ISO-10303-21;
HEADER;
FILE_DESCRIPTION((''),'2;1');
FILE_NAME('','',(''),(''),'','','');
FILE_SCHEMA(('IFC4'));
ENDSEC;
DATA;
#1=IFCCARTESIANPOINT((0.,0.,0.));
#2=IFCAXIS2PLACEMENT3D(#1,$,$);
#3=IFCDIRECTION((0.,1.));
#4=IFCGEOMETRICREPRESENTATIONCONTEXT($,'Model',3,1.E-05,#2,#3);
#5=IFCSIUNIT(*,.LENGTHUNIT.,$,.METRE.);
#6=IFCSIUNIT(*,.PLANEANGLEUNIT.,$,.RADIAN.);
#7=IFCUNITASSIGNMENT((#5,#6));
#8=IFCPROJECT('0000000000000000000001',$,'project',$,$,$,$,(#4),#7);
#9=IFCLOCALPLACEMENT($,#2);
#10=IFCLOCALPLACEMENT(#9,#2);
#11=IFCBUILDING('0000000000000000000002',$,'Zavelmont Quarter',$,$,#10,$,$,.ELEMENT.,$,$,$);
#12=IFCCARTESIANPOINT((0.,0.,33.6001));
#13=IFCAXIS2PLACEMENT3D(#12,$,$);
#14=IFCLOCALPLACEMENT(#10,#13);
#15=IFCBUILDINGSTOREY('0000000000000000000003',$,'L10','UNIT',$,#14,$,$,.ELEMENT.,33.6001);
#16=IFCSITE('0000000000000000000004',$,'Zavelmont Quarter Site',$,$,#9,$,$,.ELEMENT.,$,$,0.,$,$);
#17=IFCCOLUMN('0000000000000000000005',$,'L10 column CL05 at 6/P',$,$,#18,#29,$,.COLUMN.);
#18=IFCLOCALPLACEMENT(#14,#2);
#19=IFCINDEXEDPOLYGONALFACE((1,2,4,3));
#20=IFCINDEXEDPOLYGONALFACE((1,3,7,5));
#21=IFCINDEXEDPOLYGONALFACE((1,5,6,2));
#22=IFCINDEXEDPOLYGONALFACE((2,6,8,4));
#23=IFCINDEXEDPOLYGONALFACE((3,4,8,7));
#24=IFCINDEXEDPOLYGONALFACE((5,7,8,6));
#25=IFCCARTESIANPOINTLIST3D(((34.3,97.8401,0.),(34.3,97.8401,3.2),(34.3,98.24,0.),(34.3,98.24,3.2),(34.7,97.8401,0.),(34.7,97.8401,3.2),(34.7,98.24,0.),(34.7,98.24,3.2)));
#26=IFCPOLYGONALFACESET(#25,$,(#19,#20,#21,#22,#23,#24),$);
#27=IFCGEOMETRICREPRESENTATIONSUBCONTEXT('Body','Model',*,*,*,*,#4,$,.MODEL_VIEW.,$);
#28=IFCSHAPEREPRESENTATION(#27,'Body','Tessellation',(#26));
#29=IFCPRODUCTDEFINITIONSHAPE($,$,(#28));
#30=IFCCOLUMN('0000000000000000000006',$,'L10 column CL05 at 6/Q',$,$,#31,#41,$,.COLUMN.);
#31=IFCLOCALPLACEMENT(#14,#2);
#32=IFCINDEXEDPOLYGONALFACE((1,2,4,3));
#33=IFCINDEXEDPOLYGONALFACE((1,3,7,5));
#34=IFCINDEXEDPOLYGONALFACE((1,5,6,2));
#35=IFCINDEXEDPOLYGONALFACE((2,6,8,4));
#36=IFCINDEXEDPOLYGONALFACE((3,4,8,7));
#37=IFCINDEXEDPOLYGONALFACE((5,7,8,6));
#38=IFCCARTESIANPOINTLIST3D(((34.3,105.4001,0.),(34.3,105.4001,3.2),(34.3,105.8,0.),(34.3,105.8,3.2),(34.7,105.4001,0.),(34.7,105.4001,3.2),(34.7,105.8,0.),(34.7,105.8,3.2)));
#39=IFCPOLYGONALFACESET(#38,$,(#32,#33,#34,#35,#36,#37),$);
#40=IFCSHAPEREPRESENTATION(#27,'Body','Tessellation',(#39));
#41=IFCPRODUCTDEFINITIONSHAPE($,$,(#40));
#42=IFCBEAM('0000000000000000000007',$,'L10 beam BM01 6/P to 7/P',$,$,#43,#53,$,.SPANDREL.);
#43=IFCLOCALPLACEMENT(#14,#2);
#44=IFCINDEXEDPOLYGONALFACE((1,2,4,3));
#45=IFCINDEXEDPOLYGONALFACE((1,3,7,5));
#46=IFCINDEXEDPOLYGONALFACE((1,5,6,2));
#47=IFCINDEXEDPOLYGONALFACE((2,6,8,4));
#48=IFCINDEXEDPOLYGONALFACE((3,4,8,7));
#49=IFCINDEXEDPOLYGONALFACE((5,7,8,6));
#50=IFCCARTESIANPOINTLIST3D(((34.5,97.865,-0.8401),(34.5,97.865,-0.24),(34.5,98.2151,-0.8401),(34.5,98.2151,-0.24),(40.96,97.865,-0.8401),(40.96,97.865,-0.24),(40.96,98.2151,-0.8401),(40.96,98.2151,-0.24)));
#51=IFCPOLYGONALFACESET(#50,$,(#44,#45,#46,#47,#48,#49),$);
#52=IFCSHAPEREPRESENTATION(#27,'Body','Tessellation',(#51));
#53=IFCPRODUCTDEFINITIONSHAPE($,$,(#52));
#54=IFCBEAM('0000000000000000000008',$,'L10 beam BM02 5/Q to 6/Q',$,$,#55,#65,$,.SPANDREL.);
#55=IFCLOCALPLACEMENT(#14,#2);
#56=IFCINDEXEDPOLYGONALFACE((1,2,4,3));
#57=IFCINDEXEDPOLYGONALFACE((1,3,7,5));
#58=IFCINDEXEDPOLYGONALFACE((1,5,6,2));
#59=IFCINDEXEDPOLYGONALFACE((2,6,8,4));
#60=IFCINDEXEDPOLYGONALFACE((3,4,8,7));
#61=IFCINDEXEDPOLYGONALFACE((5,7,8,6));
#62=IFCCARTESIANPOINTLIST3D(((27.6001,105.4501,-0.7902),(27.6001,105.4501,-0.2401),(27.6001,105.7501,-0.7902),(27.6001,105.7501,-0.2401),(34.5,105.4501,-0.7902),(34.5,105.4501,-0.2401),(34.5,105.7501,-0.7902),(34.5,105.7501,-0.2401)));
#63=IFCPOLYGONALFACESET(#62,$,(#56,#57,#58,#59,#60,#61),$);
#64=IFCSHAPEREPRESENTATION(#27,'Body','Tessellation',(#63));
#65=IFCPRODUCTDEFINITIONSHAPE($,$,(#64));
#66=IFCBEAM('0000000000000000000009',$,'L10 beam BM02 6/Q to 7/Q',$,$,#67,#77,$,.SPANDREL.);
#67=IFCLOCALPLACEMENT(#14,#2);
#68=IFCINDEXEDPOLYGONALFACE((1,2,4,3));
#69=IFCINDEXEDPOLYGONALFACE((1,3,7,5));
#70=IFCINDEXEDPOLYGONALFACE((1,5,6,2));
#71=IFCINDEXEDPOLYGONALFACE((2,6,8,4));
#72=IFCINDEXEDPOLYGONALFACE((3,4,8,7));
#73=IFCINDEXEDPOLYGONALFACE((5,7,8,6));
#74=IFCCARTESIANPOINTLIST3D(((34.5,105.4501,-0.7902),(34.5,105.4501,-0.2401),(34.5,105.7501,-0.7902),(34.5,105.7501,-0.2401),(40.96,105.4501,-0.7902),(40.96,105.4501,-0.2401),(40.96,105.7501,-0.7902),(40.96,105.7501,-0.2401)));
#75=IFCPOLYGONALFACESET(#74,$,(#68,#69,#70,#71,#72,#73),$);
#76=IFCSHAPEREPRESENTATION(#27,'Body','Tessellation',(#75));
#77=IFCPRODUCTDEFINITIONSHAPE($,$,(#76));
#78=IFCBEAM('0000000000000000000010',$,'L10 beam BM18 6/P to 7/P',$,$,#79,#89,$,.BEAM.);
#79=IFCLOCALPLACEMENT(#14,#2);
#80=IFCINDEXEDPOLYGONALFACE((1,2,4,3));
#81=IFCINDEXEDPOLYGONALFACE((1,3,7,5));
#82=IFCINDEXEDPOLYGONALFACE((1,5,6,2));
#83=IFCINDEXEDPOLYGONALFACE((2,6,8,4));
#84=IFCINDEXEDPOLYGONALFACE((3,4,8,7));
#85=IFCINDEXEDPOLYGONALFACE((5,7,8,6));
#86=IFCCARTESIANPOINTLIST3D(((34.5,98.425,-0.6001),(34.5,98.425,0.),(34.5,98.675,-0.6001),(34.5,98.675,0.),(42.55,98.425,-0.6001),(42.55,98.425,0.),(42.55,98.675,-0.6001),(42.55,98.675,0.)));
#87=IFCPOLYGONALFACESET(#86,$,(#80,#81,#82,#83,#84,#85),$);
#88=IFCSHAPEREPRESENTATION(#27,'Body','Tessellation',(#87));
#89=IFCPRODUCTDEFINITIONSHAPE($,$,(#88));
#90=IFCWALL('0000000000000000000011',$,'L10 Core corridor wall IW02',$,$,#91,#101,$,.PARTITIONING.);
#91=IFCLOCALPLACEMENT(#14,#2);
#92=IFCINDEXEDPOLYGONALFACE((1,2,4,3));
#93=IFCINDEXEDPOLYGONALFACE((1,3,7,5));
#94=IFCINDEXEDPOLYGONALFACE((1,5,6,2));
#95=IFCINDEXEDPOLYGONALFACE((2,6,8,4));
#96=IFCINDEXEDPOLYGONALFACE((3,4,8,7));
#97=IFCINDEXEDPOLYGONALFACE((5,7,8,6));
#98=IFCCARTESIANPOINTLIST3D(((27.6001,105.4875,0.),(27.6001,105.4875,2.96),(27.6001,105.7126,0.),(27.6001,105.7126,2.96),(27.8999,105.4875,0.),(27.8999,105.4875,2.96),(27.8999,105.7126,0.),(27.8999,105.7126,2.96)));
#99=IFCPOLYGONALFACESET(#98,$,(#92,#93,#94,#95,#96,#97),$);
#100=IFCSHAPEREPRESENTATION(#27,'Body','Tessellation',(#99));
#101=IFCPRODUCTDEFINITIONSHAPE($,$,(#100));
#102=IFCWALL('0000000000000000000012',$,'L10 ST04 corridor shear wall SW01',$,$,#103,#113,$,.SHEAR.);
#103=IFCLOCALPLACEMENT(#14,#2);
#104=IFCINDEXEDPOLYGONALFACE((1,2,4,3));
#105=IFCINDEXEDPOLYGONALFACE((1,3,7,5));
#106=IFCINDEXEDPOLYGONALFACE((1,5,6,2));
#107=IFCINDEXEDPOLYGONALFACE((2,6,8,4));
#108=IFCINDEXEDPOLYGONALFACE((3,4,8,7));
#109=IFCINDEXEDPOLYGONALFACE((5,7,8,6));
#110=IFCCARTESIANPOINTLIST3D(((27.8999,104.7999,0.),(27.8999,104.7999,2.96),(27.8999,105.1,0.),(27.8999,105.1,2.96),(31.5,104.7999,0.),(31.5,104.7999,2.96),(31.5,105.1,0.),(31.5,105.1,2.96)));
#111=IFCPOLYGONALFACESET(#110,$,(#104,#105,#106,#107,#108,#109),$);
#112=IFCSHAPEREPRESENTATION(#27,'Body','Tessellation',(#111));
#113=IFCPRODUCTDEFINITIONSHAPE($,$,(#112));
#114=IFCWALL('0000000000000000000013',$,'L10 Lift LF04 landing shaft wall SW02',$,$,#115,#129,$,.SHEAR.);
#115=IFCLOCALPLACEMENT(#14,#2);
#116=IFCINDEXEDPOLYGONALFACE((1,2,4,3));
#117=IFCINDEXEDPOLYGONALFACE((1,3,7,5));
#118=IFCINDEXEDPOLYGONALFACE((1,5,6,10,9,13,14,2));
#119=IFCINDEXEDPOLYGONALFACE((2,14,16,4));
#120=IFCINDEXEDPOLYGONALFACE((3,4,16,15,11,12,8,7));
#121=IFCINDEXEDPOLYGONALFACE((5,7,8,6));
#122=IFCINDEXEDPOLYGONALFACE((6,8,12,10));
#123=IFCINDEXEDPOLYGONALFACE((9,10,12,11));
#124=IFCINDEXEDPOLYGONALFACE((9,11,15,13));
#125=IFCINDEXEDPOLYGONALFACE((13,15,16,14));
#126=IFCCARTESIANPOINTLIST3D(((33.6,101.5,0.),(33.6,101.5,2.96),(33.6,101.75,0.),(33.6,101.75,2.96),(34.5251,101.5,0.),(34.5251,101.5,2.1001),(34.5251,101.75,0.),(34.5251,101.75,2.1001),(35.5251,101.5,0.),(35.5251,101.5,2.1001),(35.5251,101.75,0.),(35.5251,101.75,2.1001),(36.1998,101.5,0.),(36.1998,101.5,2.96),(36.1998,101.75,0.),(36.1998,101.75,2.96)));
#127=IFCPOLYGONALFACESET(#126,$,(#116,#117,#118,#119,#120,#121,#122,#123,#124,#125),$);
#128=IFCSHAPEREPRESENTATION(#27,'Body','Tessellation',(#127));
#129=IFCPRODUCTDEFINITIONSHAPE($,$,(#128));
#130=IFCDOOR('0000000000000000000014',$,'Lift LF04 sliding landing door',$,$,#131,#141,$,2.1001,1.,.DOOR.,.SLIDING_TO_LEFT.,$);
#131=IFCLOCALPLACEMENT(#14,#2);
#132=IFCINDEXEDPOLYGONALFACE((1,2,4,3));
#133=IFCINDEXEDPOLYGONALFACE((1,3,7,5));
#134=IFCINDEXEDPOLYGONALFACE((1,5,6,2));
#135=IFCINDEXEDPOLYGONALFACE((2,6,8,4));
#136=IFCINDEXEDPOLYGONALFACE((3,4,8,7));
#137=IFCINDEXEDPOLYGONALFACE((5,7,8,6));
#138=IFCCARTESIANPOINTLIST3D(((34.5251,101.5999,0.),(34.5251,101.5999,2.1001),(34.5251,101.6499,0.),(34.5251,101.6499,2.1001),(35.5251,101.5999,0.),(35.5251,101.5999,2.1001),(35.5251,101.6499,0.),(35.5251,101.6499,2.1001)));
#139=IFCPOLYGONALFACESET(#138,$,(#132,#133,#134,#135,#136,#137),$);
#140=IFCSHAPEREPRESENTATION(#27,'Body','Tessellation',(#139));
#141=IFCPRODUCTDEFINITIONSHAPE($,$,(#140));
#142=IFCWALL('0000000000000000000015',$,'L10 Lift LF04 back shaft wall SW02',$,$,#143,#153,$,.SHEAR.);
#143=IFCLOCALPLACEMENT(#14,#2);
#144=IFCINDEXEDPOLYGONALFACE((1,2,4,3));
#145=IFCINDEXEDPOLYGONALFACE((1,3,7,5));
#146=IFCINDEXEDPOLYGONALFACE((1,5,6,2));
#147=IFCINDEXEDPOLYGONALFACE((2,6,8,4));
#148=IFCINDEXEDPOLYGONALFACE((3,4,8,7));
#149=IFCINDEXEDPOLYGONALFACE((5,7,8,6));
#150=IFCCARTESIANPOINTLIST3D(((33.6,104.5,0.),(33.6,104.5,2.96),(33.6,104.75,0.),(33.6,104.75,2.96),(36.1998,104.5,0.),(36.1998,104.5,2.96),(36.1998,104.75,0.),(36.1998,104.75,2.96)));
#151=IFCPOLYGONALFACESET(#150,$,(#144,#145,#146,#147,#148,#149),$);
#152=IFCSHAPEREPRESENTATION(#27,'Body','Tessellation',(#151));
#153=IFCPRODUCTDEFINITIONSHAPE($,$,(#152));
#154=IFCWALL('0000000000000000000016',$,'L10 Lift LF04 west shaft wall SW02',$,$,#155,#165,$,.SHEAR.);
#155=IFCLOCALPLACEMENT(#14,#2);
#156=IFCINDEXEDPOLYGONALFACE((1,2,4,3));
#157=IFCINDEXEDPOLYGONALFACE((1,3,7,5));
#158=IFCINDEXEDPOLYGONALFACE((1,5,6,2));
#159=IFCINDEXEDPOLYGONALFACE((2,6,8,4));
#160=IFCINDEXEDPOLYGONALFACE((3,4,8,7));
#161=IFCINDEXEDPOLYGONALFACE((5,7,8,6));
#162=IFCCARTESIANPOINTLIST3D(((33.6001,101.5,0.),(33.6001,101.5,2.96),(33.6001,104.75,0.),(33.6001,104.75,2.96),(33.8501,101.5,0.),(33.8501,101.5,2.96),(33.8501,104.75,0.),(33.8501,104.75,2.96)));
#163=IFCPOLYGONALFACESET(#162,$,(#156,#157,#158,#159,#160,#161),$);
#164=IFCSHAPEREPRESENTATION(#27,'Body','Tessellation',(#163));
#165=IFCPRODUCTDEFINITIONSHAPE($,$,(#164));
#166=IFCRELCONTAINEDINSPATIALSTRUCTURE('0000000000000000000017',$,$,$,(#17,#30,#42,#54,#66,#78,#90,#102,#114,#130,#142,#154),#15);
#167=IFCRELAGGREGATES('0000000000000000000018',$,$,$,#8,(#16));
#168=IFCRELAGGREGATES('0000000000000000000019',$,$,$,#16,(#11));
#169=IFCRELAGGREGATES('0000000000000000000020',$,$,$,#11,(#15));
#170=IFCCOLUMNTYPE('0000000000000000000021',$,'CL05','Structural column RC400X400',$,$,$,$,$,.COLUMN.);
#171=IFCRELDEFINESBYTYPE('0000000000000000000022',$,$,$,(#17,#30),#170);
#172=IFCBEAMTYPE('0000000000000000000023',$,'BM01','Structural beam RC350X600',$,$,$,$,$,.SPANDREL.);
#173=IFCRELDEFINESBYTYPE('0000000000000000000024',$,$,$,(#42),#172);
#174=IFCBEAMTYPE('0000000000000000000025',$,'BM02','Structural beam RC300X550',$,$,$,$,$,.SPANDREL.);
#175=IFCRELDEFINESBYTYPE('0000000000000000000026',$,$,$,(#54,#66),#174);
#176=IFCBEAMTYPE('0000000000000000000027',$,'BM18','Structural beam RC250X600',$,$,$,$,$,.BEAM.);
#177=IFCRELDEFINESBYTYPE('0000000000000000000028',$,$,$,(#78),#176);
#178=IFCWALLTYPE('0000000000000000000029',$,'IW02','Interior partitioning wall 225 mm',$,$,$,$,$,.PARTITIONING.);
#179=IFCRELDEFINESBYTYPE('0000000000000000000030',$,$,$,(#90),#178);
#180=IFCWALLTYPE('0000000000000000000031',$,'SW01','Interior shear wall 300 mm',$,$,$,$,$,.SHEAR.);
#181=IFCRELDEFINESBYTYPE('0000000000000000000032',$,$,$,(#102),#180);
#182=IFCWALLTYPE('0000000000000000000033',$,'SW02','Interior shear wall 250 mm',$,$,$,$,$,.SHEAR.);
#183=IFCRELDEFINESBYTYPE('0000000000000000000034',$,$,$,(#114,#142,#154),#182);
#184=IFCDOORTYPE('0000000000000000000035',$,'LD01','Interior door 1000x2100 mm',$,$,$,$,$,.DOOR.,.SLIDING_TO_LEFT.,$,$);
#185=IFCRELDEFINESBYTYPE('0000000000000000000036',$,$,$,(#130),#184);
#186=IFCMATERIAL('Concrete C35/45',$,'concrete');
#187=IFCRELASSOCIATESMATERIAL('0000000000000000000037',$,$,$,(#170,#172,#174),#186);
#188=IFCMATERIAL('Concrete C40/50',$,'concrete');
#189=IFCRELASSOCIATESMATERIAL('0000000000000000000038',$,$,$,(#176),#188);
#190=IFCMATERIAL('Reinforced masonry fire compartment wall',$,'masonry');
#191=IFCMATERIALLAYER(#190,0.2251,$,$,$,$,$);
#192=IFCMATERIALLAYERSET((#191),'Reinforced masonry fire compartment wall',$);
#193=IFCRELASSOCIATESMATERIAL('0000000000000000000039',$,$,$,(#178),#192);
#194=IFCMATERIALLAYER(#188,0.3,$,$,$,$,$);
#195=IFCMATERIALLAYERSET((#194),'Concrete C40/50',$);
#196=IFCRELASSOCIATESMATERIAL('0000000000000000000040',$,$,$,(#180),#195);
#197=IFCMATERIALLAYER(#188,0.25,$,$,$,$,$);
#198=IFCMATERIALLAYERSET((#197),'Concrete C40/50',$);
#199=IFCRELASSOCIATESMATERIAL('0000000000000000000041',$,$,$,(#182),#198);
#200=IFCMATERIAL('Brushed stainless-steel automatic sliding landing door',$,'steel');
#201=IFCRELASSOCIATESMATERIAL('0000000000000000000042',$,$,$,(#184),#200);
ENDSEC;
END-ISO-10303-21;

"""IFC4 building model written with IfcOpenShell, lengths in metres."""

from ifc_helpers import new_model, si_unit, direction, frame, frame_2d, origin, origin_with_axes, origin_2d, place, context, subcontext, project, spatial, rectangle, extrude, material, layer, layer_set, material_profile, profile_set, type_object, element, fill, save


model = new_model("IFC4")

# Units and contexts
model_context = context("Model", 3, precision=1e-05, world=origin(), true_north=direction((0.0, 1.0)))
body_context = subcontext(model_context, "Body", "Model", "MODEL_VIEW")
ifc_project = project(units=[si_unit("LENGTHUNIT", "METRE"), si_unit("PLANEANGLEUNIT", "RADIAN")], contexts=[model_context])

# Site, building, storey
site_placement = place(None, origin())
site = spatial("IfcSite", under=ifc_project, at=site_placement, Name="Zavelmont Quarter Site", CompositionType="ELEMENT", RefElevation=0.0)
building_placement = place(site_placement, origin())
building = spatial("IfcBuilding", under=site, at=building_placement, Name="Zavelmont Quarter", CompositionType="ELEMENT")
storey_placement = place(building_placement, frame((0.0, 0.0, 33.6001)))
storey = spatial("IfcBuildingStorey", under=building, at=storey_placement, Name="L10", Description="UNIT", CompositionType="ELEMENT", Elevation=33.6001)

# Columns
ifc_material_1 = material(Name="Concrete C35/45", Category="concrete")
ifc_material_profile_1 = material_profile(ifc_material_1, rectangle(XDim=0.3999, YDim=0.3999, at=origin_2d()), Name="RC400X400")
ifc_profile_set_1 = profile_set([ifc_material_profile_1], Name="Concrete C35/45")
column_type = type_object("IfcColumnType", Name="CL05", Description="Structural column RC400X400", PredefinedType="COLUMN", material=ifc_profile_set_1)
for number, where, z_axis, x_axis, name in (
    (1, (34.5, 98.04, 0.0), (0.0, 0.0, 1.0), (1.0, 0.0, 0.0), "L10 column CL05 at 6/P"),
    (2, (34.5, 105.6001, 0.0), (0.0, 0.0, 1.0), (1.0, 0.0, 0.0), "L10 column CL05 at 6/Q"),
):
    element("IfcColumn", number, at=place(storey_placement, frame(where, z_axis=z_axis, x_axis=x_axis)), inside=storey, type_object=column_type, Name=name, PredefinedType="COLUMN", context=body_context, shape_type="SweptSolid", body=[
        extrude(rectangle(XDim=0.3999, YDim=0.3999, at=origin_2d()), origin(), (0.0, 0.0, 1.0), 3.2),
    ])

# Beams
ifc_material_profile_2 = material_profile(ifc_material_1, rectangle(XDim=0.3501, YDim=0.6001, at=origin_2d()), Name="RC350X600")
ifc_profile_set_2 = profile_set([ifc_material_profile_2], Name="Concrete C35/45")
beam_type_1 = type_object("IfcBeamType", Name="BM01", Description="Structural beam RC350X600", PredefinedType="SPANDREL", material=ifc_profile_set_2)
beam_1_placement = place(storey_placement, frame((34.5, 98.04, -0.54), z_axis=(1.0, 0.0, 0.0), x_axis=(0.0, 1.0, 0.0)))
element("IfcBeam", 3, at=beam_1_placement, inside=storey, type_object=beam_type_1, Name="L10 beam BM01 6/P to 7/P", PredefinedType="SPANDREL", context=body_context, shape_type="SweptSolid", body=[
    extrude(rectangle(XDim=0.3501, YDim=0.6001, at=origin_2d()), origin(), (0.0, 0.0, 1.0), 6.46),
])
ifc_material_profile_3 = material_profile(ifc_material_1, rectangle(XDim=0.3, YDim=0.55, at=origin_2d()), Name="RC300X550")
ifc_profile_set_3 = profile_set([ifc_material_profile_3], Name="Concrete C35/45")
beam_type_2 = type_object("IfcBeamType", Name="BM02", Description="Structural beam RC300X550", PredefinedType="SPANDREL", material=ifc_profile_set_3)
beam_2_placement = place(storey_placement, frame((27.6001, 105.6001, -0.5151), z_axis=(1.0, 0.0, 0.0), x_axis=(0.0, 1.0, 0.0)))
element("IfcBeam", 4, at=beam_2_placement, inside=storey, type_object=beam_type_2, Name="L10 beam BM02 5/Q to 6/Q", PredefinedType="SPANDREL", context=body_context, shape_type="SweptSolid", body=[
    extrude(rectangle(XDim=0.3, YDim=0.55, at=origin_2d()), origin(), (0.0, 0.0, 1.0), 6.8999),
])
beam_3_placement = place(storey_placement, frame((34.5, 105.6001, -0.5151), z_axis=(1.0, 0.0, 0.0), x_axis=(0.0, 1.0, 0.0)))
element("IfcBeam", 5, at=beam_3_placement, inside=storey, type_object=beam_type_2, Name="L10 beam BM02 6/Q to 7/Q", PredefinedType="SPANDREL", context=body_context, shape_type="SweptSolid", body=[
    extrude(rectangle(XDim=0.3, YDim=0.55, at=origin_2d()), origin(), (0.0, 0.0, 1.0), 6.46),
])
ifc_material_2 = material(Name="Concrete C40/50", Category="concrete")
ifc_material_profile_4 = material_profile(ifc_material_2, rectangle(XDim=0.25, YDim=0.6001, at=origin_2d()), Name="RC250X600")
ifc_profile_set_4 = profile_set([ifc_material_profile_4], Name="Concrete C40/50")
beam_type_3 = type_object("IfcBeamType", Name="BM18", Description="Structural beam RC250X600", PredefinedType="BEAM", material=ifc_profile_set_4)
beam_4_placement = place(storey_placement, frame((34.5, 98.55, -0.3), z_axis=(1.0, 0.0, 0.0), x_axis=(0.0, 1.0, 0.0)))
element("IfcBeam", 6, at=beam_4_placement, inside=storey, type_object=beam_type_3, Name="L10 beam BM18 6/P to 7/P", PredefinedType="BEAM", context=body_context, shape_type="SweptSolid", body=[
    extrude(rectangle(XDim=0.25, YDim=0.6001, at=origin_2d()), origin(), (0.0, 0.0, 1.0), 8.05),
])

# Shared definitions
ifc_material_3 = material(Name="Reinforced masonry fire compartment wall", Category="masonry")
ifc_layer_1 = layer(ifc_material_3, 0.2251)
ifc_layer_set_1 = layer_set([ifc_layer_1], Name="Reinforced masonry fire compartment wall")
wall_type_1 = type_object("IfcWallType", Name="IW02", Description="Interior partitioning wall 225 mm", PredefinedType="PARTITIONING", material=ifc_layer_set_1)

# Wall
wall_1_placement = place(storey_placement, frame((27.6001, 105.6001, 0.0), z_axis=(0.0, 0.0, 1.0), x_axis=(1.0, 0.0, 0.0)))
element("IfcWall", 7, at=wall_1_placement, inside=storey, type_object=wall_type_1, Name="L10 Core corridor wall IW02", PredefinedType="PARTITIONING", context=body_context, shape_type="SweptSolid", body=[
    extrude(rectangle(XDim=0.2998, YDim=0.2251, at=frame_2d((0.1499, 0.0))), origin(), (0.0, 0.0, 1.0), 2.96),
])

# Wall
ifc_layer_2 = layer(ifc_material_2, 0.3)
ifc_layer_set_2 = layer_set([ifc_layer_2], Name="Concrete C40/50")
wall_type_2 = type_object("IfcWallType", Name="SW01", Description="Interior shear wall 300 mm", PredefinedType="SHEAR", material=ifc_layer_set_2)
wall_2_placement = place(storey_placement, frame((27.8999, 104.95, 0.0), z_axis=(0.0, 0.0, 1.0), x_axis=(1.0, 0.0, 0.0)))
element("IfcWall", 8, at=wall_2_placement, inside=storey, type_object=wall_type_2, Name="L10 ST04 corridor shear wall SW01", PredefinedType="SHEAR", context=body_context, shape_type="SweptSolid", body=[
    extrude(rectangle(XDim=3.6001, YDim=0.3, at=frame_2d((1.8, 0.0))), origin(), (0.0, 0.0, 1.0), 2.96),
])

# Wall, opening, door
ifc_layer_3 = layer(ifc_material_2, 0.25)
ifc_layer_set_3 = layer_set([ifc_layer_3], Name="Concrete C40/50")
wall_type_3 = type_object("IfcWallType", Name="SW02", Description="Interior shear wall 250 mm", PredefinedType="SHEAR", material=ifc_layer_set_3)
wall_3_placement = place(storey_placement, frame((33.6001, 101.625, 0.0), z_axis=(0.0, 0.0, 1.0), x_axis=(1.0, 0.0, 0.0)))
wall_3 = element("IfcWall", 9, at=wall_3_placement, inside=storey, type_object=wall_type_3, Name="L10 Lift LF04 landing shaft wall SW02", PredefinedType="SHEAR", context=body_context, shape_type="SweptSolid", body=[
    extrude(rectangle(XDim=2.5999, YDim=0.25, at=frame_2d((1.2998, 0.0))), origin(), (0.0, 0.0, 1.0), 2.96),
])
opening_1_placement = place(wall_3_placement, frame((0.925, 0.0, 0.0)))
opening_1 = element("IfcOpeningElement", 10, at=opening_1_placement, cuts=wall_3, PredefinedType="OPENING", context=body_context, shape_type="SweptSolid", body=[
    extrude(rectangle(XDim=1.0, YDim=2.1001, at=frame_2d((0.5, 1.05))), frame((0.0, 0.137, 0.0), z_axis=(0.0, -1.0, 0.0), x_axis=(1.0, 0.0, 0.0)), (0.0, 0.0, 1.0), 0.2739),
])
ifc_material_4 = material(Name="Brushed stainless-steel automatic sliding landing door", Category="steel")
door_type_1 = type_object("IfcDoorType", Name="LD01", Description="Interior door 1000x2100 mm", OperationType="SLIDING_TO_LEFT", PredefinedType="DOOR", material=ifc_material_4)
door_1_placement = place(opening_1_placement, origin_with_axes())
door_1 = element("IfcDoor", 11, at=door_1_placement, inside=storey, type_object=door_type_1, Name="Lift LF04 sliding landing door", OperationType="SLIDING_TO_LEFT", OverallHeight=2.1001, OverallWidth=1.0, PredefinedType="DOOR", context=body_context, shape_type="SweptSolid", body=[
    extrude(rectangle(XDim=1.0, YDim=2.1001, at=frame_2d((0.5, 1.05))), frame((0.0, 0.0249, 0.0), z_axis=(0.0, -1.0, 0.0), x_axis=(1.0, 0.0, 0.0)), (0.0, 0.0, 1.0), 0.05),
])
fill(opening_1, door_1)

# Walls
wall_4_placement = place(storey_placement, frame((33.6001, 104.625, 0.0), z_axis=(0.0, 0.0, 1.0), x_axis=(1.0, 0.0, 0.0)))
element("IfcWall", 12, at=wall_4_placement, inside=storey, type_object=wall_type_3, Name="L10 Lift LF04 back shaft wall SW02", PredefinedType="SHEAR", context=body_context, shape_type="SweptSolid", body=[
    extrude(rectangle(XDim=2.5999, YDim=0.25, at=frame_2d((1.2998, 0.0))), origin(), (0.0, 0.0, 1.0), 2.96),
])
wall_5_placement = place(storey_placement, frame((33.7251, 101.5, 0.0), z_axis=(0.0, 0.0, 1.0), x_axis=(0.0, 1.0, 0.0)))
element("IfcWall", 13, at=wall_5_placement, inside=storey, type_object=wall_type_3, Name="L10 Lift LF04 west shaft wall SW02", PredefinedType="SHEAR", context=body_context, shape_type="SweptSolid", body=[
    extrude(rectangle(XDim=3.25, YDim=0.25, at=frame_2d((1.625, 0.0))), origin(), (0.0, 0.0, 1.0), 2.96),
])

save(model, "model.ifc")
